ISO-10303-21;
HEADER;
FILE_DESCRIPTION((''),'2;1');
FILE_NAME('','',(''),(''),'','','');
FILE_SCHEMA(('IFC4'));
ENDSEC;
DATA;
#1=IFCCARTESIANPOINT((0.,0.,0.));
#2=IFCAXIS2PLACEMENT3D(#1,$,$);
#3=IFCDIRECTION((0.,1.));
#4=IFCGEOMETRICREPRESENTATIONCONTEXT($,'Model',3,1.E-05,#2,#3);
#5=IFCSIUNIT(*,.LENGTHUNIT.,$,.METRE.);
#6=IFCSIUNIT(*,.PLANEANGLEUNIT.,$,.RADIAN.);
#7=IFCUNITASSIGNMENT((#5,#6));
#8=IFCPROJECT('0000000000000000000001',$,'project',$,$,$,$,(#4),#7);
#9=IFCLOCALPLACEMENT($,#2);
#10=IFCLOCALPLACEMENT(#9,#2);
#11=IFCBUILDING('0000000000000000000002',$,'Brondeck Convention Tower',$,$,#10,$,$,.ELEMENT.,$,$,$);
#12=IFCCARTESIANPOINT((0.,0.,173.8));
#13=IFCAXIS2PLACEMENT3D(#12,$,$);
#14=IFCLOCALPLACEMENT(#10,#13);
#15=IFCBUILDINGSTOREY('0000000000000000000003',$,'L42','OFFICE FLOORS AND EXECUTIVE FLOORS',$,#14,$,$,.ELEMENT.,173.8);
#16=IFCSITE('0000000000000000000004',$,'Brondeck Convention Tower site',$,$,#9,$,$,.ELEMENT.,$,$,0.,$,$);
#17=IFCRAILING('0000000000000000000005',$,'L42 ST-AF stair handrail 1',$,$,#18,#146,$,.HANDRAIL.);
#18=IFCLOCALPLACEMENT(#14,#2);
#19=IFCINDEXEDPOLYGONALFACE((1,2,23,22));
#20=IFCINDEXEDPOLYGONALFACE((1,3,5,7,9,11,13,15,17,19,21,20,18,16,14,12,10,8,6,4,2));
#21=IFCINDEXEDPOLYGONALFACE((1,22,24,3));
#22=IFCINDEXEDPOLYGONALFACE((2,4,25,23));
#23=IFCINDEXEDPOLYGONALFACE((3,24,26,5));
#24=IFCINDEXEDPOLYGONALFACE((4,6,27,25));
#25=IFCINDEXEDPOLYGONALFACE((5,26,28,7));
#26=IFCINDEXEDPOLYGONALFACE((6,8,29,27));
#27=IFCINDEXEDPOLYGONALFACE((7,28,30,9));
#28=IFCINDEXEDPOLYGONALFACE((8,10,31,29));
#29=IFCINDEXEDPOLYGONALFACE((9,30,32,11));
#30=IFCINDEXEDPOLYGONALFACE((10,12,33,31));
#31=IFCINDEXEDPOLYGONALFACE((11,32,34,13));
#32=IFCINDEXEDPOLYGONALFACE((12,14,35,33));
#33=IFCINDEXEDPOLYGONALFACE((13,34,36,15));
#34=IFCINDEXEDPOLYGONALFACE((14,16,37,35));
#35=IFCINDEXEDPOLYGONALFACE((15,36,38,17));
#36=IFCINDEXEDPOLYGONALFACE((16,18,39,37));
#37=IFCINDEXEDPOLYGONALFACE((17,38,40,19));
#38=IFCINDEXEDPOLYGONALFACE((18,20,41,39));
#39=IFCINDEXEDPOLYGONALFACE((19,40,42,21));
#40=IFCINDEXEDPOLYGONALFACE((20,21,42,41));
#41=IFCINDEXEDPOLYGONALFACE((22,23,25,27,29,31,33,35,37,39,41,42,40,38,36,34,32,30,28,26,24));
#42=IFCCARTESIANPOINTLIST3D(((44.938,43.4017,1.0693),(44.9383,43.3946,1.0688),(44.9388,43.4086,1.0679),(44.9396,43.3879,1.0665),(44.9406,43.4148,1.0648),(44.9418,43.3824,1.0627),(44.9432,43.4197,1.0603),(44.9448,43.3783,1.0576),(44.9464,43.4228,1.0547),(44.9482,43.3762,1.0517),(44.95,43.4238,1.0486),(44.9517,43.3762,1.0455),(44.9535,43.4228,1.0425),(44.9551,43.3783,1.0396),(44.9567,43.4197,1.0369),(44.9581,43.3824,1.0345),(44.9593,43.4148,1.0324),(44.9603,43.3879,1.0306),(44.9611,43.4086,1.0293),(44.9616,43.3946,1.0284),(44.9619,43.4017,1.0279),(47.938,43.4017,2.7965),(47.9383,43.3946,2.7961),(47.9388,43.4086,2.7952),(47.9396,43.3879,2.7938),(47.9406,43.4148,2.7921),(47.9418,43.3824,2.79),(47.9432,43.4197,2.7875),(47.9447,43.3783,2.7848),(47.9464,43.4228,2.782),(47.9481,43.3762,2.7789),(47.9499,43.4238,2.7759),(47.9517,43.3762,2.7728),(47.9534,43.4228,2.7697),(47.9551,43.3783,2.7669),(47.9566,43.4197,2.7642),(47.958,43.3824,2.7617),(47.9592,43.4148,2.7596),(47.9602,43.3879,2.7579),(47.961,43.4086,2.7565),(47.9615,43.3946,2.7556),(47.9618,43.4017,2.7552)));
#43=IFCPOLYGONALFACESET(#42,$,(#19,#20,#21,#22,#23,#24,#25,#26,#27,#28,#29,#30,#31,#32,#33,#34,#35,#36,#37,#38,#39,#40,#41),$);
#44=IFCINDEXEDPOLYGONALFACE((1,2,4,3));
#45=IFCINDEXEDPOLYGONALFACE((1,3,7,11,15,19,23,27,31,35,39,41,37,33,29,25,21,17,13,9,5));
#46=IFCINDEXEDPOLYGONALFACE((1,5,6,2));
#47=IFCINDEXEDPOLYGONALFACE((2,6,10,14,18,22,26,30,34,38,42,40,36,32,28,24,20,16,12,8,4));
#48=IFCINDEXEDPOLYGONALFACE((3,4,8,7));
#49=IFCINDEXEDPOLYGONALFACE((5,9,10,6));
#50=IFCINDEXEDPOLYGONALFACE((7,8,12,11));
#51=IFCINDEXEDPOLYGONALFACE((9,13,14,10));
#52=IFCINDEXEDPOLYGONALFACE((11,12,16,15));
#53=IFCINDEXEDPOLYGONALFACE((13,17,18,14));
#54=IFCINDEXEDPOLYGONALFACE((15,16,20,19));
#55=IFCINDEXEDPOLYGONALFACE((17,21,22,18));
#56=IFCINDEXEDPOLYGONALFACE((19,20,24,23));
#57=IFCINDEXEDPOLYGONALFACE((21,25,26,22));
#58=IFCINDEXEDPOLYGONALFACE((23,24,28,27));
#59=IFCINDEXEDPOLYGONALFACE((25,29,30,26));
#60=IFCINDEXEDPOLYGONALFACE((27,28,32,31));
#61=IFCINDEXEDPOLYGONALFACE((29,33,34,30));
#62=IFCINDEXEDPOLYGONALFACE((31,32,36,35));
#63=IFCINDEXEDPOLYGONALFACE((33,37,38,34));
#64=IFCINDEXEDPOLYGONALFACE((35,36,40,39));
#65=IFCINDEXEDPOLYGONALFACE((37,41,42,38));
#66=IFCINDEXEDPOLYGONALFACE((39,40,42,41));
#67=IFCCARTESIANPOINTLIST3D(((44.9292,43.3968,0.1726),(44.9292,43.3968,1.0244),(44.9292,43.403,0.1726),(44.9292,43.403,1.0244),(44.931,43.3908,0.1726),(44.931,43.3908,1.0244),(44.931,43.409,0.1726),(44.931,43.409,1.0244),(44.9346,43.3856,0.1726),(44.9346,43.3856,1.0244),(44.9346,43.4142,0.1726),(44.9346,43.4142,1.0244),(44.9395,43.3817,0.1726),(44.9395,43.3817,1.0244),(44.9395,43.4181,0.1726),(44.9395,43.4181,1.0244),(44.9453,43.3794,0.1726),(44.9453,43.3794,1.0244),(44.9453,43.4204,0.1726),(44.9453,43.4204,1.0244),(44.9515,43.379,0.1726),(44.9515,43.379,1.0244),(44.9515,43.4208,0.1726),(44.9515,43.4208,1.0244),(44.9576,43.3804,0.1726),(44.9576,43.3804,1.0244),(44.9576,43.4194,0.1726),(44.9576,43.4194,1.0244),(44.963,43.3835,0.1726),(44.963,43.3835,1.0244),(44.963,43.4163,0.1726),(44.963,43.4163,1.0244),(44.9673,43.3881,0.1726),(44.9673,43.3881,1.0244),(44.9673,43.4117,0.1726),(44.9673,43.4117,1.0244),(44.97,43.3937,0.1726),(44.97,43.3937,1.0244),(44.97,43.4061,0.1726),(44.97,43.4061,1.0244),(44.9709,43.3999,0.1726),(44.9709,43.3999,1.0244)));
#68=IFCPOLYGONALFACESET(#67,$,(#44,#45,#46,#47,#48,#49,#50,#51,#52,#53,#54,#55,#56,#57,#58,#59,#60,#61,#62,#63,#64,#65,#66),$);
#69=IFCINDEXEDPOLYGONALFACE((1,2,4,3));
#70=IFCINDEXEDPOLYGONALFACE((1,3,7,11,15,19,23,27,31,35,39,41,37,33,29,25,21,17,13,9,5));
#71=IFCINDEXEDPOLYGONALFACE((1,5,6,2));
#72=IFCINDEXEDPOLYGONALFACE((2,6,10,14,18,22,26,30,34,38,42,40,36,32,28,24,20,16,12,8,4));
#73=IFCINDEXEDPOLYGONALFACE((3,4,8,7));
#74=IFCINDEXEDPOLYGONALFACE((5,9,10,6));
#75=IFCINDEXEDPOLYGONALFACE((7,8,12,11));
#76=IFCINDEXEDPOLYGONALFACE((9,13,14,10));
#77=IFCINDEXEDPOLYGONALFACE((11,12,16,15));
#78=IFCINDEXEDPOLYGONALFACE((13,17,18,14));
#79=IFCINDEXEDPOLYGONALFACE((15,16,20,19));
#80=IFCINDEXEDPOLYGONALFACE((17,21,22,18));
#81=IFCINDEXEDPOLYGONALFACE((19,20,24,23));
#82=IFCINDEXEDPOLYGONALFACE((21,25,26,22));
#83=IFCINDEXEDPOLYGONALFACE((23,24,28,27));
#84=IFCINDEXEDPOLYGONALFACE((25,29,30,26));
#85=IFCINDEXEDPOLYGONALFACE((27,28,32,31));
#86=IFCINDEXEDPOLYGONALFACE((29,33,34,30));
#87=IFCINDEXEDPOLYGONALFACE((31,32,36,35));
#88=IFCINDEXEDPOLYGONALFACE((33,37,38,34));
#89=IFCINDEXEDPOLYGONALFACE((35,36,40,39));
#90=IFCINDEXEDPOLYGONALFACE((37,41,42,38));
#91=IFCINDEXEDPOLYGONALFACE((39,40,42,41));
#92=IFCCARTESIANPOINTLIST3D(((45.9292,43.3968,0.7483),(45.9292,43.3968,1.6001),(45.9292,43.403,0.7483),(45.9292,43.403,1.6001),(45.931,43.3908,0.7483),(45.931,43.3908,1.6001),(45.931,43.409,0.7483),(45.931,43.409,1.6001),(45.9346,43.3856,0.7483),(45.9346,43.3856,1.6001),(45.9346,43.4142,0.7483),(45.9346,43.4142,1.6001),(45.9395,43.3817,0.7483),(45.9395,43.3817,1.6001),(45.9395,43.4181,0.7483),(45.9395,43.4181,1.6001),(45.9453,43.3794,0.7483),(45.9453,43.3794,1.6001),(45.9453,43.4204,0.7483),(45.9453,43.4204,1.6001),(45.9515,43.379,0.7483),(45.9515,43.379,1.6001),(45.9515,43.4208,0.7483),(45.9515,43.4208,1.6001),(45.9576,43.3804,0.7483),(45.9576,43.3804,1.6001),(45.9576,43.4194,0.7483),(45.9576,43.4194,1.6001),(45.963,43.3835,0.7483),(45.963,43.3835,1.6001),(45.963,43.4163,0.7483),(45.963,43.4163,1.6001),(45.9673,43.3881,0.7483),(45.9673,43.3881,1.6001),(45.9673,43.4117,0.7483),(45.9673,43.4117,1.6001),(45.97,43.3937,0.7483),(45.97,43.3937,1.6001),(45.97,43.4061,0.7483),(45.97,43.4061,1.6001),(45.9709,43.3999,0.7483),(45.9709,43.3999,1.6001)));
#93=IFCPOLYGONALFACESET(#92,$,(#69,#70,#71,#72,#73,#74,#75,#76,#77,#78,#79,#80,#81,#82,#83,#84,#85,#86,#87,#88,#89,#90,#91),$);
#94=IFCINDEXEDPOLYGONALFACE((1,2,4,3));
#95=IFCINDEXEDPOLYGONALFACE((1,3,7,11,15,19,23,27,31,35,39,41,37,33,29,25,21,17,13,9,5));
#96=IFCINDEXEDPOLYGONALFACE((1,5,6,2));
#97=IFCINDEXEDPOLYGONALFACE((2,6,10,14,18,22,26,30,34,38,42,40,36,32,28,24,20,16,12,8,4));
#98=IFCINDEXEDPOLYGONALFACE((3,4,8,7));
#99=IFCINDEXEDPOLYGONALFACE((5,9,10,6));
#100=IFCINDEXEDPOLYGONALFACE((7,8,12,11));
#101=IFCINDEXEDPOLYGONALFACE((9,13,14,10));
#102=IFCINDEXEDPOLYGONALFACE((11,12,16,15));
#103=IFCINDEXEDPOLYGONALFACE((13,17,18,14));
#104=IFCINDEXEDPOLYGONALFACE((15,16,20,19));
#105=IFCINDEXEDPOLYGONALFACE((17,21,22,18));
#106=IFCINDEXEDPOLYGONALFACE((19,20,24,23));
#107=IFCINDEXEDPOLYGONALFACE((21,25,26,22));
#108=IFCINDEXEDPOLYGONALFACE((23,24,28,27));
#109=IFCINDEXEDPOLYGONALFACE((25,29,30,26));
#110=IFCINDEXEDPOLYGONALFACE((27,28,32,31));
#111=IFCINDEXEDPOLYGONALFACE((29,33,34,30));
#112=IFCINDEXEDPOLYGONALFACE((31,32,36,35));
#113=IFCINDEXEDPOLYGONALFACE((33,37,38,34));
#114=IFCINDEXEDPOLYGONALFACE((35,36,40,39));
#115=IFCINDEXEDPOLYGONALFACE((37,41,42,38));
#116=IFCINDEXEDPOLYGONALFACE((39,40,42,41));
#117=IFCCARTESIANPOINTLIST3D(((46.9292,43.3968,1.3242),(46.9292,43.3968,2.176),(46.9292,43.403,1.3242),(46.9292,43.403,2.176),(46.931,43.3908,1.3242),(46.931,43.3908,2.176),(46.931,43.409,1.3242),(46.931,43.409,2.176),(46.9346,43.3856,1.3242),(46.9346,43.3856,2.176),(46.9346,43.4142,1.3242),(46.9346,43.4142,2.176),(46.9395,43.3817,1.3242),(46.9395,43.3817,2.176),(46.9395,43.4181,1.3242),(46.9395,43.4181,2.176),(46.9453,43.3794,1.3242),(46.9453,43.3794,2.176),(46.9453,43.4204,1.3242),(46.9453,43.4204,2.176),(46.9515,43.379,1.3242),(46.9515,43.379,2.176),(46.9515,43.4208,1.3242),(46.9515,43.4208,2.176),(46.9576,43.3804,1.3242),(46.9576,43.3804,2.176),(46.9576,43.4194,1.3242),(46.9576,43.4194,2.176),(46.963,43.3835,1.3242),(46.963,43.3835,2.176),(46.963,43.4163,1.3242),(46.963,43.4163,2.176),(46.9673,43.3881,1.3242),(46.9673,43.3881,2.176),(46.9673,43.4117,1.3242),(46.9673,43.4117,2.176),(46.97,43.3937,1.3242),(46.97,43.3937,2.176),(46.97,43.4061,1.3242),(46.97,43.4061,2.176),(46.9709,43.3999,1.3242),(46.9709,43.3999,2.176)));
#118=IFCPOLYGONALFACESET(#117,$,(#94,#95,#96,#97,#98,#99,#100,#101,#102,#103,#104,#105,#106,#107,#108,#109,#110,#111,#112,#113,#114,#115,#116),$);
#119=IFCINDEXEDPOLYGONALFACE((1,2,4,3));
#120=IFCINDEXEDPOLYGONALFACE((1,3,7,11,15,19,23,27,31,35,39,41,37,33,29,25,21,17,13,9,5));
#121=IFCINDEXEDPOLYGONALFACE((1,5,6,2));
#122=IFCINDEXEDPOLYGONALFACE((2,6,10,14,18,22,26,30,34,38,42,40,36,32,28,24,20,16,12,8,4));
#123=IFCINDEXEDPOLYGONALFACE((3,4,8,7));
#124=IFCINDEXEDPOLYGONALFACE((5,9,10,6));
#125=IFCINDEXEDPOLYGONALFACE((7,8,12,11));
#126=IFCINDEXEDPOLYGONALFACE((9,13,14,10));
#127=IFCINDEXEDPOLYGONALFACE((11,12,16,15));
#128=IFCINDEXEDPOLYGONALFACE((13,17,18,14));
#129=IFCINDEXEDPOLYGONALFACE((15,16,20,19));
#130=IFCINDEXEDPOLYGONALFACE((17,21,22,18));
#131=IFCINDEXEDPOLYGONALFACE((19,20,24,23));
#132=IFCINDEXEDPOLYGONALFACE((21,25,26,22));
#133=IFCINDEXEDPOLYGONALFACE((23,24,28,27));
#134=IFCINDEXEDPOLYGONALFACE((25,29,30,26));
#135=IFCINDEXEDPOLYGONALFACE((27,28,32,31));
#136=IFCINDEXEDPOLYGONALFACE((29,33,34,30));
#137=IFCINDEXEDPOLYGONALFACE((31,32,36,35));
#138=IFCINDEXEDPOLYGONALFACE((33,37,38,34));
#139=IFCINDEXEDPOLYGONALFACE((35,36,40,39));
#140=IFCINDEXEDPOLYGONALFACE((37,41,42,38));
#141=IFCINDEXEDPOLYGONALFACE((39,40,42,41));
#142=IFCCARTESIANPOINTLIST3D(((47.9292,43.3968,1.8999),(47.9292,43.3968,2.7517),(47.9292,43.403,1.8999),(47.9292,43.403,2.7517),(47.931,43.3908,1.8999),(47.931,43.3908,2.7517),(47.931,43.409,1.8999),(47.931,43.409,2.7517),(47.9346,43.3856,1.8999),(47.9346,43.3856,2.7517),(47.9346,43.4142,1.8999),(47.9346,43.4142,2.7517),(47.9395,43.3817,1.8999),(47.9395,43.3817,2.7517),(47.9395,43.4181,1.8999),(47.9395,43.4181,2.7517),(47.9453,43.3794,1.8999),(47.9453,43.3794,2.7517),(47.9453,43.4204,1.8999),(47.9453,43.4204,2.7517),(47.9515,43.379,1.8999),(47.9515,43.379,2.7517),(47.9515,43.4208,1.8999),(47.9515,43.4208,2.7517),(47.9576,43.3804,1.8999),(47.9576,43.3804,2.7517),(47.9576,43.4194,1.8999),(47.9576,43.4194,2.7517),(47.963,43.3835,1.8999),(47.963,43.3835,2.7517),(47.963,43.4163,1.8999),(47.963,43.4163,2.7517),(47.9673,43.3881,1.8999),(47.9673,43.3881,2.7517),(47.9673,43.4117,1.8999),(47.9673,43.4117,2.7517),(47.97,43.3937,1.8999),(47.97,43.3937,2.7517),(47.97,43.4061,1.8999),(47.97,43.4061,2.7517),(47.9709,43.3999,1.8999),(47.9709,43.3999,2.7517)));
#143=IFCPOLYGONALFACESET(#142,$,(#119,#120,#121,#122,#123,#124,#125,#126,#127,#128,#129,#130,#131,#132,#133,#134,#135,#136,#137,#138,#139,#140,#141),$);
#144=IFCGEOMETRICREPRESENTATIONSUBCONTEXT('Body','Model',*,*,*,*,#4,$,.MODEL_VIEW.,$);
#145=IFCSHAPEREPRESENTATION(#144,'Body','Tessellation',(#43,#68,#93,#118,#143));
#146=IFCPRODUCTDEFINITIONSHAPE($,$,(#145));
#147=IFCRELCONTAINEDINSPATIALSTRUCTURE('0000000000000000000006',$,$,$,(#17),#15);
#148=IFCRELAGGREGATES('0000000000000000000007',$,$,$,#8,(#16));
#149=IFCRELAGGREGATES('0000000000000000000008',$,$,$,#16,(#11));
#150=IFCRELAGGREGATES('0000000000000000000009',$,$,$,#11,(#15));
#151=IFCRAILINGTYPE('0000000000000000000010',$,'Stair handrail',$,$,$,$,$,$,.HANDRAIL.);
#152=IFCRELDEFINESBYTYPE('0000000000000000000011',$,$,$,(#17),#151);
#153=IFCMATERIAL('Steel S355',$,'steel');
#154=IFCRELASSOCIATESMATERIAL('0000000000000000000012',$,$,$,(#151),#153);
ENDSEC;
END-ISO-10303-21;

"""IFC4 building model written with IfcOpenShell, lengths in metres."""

from ifc_helpers import new_model, si_unit, direction, frame, origin, origin_2d, place, context, subcontext, project, spatial, circle, extrude, material, type_object, element, save


model = new_model("IFC4")

# Units and contexts
model_context = context("Model", 3, precision=1e-05, world=origin(), true_north=direction((0.0, 1.0)))
body_context = subcontext(model_context, "Body", "Model", "MODEL_VIEW")
ifc_project = project(units=[si_unit("LENGTHUNIT", "METRE"), si_unit("PLANEANGLEUNIT", "RADIAN")], contexts=[model_context])

# Site, building, storey
site_placement = place(None, origin())
site = spatial("IfcSite", under=ifc_project, at=site_placement, Name="Brondeck Convention Tower site", CompositionType="ELEMENT", RefElevation=0.0)
building_placement = place(site_placement, origin())
building = spatial("IfcBuilding", under=site, at=building_placement, Name="Brondeck Convention Tower", CompositionType="ELEMENT")
storey_placement = place(building_placement, frame((0.0, 0.0, 173.8)))
storey = spatial("IfcBuildingStorey", under=building, at=storey_placement, Name="L42", Description="OFFICE FLOORS AND EXECUTIVE FLOORS", CompositionType="ELEMENT", Elevation=173.8)

# Shared definitions
ifc_material_1 = material(Name="Steel S355", Category="steel")

# Railing
railing_type_1 = type_object("IfcRailingType", Name="Stair handrail", PredefinedType="HANDRAIL", material=ifc_material_1)
railing_1_placement = place(storey_placement, frame((44.95, 43.3999, 0.1726)))
element("IfcRailing", 1, at=railing_1_placement, inside=storey, type_object=railing_type_1, Name="L42 ST-AF stair handrail 1", PredefinedType="HANDRAIL", context=body_context, shape_type="SweptSolid", body=[
    extrude(circle(Radius=0.0239, at=origin_2d()), frame((0.0, 0.0, 0.876), z_axis=(0.86662, 0.0, 0.498969), x_axis=(0.0, 1.0, 0.0)), (0.0, 0.0, 1.0), 3.4617),
    extrude(circle(Radius=0.021, at=origin_2d()), origin(), (0.0, 0.0, 1.0), 0.8518),
    extrude(circle(Radius=0.021, at=origin_2d()), frame((1.0, 0.0, 0.5757)), (0.0, 0.0, 1.0), 0.8518),
    extrude(circle(Radius=0.021, at=origin_2d()), frame((2.0, 0.0, 1.1516)), (0.0, 0.0, 1.0), 0.8518),
    extrude(circle(Radius=0.021, at=origin_2d()), frame((3.0, 0.0, 1.7273)), (0.0, 0.0, 1.0), 0.8518),
])

save(model, "model.ifc")
